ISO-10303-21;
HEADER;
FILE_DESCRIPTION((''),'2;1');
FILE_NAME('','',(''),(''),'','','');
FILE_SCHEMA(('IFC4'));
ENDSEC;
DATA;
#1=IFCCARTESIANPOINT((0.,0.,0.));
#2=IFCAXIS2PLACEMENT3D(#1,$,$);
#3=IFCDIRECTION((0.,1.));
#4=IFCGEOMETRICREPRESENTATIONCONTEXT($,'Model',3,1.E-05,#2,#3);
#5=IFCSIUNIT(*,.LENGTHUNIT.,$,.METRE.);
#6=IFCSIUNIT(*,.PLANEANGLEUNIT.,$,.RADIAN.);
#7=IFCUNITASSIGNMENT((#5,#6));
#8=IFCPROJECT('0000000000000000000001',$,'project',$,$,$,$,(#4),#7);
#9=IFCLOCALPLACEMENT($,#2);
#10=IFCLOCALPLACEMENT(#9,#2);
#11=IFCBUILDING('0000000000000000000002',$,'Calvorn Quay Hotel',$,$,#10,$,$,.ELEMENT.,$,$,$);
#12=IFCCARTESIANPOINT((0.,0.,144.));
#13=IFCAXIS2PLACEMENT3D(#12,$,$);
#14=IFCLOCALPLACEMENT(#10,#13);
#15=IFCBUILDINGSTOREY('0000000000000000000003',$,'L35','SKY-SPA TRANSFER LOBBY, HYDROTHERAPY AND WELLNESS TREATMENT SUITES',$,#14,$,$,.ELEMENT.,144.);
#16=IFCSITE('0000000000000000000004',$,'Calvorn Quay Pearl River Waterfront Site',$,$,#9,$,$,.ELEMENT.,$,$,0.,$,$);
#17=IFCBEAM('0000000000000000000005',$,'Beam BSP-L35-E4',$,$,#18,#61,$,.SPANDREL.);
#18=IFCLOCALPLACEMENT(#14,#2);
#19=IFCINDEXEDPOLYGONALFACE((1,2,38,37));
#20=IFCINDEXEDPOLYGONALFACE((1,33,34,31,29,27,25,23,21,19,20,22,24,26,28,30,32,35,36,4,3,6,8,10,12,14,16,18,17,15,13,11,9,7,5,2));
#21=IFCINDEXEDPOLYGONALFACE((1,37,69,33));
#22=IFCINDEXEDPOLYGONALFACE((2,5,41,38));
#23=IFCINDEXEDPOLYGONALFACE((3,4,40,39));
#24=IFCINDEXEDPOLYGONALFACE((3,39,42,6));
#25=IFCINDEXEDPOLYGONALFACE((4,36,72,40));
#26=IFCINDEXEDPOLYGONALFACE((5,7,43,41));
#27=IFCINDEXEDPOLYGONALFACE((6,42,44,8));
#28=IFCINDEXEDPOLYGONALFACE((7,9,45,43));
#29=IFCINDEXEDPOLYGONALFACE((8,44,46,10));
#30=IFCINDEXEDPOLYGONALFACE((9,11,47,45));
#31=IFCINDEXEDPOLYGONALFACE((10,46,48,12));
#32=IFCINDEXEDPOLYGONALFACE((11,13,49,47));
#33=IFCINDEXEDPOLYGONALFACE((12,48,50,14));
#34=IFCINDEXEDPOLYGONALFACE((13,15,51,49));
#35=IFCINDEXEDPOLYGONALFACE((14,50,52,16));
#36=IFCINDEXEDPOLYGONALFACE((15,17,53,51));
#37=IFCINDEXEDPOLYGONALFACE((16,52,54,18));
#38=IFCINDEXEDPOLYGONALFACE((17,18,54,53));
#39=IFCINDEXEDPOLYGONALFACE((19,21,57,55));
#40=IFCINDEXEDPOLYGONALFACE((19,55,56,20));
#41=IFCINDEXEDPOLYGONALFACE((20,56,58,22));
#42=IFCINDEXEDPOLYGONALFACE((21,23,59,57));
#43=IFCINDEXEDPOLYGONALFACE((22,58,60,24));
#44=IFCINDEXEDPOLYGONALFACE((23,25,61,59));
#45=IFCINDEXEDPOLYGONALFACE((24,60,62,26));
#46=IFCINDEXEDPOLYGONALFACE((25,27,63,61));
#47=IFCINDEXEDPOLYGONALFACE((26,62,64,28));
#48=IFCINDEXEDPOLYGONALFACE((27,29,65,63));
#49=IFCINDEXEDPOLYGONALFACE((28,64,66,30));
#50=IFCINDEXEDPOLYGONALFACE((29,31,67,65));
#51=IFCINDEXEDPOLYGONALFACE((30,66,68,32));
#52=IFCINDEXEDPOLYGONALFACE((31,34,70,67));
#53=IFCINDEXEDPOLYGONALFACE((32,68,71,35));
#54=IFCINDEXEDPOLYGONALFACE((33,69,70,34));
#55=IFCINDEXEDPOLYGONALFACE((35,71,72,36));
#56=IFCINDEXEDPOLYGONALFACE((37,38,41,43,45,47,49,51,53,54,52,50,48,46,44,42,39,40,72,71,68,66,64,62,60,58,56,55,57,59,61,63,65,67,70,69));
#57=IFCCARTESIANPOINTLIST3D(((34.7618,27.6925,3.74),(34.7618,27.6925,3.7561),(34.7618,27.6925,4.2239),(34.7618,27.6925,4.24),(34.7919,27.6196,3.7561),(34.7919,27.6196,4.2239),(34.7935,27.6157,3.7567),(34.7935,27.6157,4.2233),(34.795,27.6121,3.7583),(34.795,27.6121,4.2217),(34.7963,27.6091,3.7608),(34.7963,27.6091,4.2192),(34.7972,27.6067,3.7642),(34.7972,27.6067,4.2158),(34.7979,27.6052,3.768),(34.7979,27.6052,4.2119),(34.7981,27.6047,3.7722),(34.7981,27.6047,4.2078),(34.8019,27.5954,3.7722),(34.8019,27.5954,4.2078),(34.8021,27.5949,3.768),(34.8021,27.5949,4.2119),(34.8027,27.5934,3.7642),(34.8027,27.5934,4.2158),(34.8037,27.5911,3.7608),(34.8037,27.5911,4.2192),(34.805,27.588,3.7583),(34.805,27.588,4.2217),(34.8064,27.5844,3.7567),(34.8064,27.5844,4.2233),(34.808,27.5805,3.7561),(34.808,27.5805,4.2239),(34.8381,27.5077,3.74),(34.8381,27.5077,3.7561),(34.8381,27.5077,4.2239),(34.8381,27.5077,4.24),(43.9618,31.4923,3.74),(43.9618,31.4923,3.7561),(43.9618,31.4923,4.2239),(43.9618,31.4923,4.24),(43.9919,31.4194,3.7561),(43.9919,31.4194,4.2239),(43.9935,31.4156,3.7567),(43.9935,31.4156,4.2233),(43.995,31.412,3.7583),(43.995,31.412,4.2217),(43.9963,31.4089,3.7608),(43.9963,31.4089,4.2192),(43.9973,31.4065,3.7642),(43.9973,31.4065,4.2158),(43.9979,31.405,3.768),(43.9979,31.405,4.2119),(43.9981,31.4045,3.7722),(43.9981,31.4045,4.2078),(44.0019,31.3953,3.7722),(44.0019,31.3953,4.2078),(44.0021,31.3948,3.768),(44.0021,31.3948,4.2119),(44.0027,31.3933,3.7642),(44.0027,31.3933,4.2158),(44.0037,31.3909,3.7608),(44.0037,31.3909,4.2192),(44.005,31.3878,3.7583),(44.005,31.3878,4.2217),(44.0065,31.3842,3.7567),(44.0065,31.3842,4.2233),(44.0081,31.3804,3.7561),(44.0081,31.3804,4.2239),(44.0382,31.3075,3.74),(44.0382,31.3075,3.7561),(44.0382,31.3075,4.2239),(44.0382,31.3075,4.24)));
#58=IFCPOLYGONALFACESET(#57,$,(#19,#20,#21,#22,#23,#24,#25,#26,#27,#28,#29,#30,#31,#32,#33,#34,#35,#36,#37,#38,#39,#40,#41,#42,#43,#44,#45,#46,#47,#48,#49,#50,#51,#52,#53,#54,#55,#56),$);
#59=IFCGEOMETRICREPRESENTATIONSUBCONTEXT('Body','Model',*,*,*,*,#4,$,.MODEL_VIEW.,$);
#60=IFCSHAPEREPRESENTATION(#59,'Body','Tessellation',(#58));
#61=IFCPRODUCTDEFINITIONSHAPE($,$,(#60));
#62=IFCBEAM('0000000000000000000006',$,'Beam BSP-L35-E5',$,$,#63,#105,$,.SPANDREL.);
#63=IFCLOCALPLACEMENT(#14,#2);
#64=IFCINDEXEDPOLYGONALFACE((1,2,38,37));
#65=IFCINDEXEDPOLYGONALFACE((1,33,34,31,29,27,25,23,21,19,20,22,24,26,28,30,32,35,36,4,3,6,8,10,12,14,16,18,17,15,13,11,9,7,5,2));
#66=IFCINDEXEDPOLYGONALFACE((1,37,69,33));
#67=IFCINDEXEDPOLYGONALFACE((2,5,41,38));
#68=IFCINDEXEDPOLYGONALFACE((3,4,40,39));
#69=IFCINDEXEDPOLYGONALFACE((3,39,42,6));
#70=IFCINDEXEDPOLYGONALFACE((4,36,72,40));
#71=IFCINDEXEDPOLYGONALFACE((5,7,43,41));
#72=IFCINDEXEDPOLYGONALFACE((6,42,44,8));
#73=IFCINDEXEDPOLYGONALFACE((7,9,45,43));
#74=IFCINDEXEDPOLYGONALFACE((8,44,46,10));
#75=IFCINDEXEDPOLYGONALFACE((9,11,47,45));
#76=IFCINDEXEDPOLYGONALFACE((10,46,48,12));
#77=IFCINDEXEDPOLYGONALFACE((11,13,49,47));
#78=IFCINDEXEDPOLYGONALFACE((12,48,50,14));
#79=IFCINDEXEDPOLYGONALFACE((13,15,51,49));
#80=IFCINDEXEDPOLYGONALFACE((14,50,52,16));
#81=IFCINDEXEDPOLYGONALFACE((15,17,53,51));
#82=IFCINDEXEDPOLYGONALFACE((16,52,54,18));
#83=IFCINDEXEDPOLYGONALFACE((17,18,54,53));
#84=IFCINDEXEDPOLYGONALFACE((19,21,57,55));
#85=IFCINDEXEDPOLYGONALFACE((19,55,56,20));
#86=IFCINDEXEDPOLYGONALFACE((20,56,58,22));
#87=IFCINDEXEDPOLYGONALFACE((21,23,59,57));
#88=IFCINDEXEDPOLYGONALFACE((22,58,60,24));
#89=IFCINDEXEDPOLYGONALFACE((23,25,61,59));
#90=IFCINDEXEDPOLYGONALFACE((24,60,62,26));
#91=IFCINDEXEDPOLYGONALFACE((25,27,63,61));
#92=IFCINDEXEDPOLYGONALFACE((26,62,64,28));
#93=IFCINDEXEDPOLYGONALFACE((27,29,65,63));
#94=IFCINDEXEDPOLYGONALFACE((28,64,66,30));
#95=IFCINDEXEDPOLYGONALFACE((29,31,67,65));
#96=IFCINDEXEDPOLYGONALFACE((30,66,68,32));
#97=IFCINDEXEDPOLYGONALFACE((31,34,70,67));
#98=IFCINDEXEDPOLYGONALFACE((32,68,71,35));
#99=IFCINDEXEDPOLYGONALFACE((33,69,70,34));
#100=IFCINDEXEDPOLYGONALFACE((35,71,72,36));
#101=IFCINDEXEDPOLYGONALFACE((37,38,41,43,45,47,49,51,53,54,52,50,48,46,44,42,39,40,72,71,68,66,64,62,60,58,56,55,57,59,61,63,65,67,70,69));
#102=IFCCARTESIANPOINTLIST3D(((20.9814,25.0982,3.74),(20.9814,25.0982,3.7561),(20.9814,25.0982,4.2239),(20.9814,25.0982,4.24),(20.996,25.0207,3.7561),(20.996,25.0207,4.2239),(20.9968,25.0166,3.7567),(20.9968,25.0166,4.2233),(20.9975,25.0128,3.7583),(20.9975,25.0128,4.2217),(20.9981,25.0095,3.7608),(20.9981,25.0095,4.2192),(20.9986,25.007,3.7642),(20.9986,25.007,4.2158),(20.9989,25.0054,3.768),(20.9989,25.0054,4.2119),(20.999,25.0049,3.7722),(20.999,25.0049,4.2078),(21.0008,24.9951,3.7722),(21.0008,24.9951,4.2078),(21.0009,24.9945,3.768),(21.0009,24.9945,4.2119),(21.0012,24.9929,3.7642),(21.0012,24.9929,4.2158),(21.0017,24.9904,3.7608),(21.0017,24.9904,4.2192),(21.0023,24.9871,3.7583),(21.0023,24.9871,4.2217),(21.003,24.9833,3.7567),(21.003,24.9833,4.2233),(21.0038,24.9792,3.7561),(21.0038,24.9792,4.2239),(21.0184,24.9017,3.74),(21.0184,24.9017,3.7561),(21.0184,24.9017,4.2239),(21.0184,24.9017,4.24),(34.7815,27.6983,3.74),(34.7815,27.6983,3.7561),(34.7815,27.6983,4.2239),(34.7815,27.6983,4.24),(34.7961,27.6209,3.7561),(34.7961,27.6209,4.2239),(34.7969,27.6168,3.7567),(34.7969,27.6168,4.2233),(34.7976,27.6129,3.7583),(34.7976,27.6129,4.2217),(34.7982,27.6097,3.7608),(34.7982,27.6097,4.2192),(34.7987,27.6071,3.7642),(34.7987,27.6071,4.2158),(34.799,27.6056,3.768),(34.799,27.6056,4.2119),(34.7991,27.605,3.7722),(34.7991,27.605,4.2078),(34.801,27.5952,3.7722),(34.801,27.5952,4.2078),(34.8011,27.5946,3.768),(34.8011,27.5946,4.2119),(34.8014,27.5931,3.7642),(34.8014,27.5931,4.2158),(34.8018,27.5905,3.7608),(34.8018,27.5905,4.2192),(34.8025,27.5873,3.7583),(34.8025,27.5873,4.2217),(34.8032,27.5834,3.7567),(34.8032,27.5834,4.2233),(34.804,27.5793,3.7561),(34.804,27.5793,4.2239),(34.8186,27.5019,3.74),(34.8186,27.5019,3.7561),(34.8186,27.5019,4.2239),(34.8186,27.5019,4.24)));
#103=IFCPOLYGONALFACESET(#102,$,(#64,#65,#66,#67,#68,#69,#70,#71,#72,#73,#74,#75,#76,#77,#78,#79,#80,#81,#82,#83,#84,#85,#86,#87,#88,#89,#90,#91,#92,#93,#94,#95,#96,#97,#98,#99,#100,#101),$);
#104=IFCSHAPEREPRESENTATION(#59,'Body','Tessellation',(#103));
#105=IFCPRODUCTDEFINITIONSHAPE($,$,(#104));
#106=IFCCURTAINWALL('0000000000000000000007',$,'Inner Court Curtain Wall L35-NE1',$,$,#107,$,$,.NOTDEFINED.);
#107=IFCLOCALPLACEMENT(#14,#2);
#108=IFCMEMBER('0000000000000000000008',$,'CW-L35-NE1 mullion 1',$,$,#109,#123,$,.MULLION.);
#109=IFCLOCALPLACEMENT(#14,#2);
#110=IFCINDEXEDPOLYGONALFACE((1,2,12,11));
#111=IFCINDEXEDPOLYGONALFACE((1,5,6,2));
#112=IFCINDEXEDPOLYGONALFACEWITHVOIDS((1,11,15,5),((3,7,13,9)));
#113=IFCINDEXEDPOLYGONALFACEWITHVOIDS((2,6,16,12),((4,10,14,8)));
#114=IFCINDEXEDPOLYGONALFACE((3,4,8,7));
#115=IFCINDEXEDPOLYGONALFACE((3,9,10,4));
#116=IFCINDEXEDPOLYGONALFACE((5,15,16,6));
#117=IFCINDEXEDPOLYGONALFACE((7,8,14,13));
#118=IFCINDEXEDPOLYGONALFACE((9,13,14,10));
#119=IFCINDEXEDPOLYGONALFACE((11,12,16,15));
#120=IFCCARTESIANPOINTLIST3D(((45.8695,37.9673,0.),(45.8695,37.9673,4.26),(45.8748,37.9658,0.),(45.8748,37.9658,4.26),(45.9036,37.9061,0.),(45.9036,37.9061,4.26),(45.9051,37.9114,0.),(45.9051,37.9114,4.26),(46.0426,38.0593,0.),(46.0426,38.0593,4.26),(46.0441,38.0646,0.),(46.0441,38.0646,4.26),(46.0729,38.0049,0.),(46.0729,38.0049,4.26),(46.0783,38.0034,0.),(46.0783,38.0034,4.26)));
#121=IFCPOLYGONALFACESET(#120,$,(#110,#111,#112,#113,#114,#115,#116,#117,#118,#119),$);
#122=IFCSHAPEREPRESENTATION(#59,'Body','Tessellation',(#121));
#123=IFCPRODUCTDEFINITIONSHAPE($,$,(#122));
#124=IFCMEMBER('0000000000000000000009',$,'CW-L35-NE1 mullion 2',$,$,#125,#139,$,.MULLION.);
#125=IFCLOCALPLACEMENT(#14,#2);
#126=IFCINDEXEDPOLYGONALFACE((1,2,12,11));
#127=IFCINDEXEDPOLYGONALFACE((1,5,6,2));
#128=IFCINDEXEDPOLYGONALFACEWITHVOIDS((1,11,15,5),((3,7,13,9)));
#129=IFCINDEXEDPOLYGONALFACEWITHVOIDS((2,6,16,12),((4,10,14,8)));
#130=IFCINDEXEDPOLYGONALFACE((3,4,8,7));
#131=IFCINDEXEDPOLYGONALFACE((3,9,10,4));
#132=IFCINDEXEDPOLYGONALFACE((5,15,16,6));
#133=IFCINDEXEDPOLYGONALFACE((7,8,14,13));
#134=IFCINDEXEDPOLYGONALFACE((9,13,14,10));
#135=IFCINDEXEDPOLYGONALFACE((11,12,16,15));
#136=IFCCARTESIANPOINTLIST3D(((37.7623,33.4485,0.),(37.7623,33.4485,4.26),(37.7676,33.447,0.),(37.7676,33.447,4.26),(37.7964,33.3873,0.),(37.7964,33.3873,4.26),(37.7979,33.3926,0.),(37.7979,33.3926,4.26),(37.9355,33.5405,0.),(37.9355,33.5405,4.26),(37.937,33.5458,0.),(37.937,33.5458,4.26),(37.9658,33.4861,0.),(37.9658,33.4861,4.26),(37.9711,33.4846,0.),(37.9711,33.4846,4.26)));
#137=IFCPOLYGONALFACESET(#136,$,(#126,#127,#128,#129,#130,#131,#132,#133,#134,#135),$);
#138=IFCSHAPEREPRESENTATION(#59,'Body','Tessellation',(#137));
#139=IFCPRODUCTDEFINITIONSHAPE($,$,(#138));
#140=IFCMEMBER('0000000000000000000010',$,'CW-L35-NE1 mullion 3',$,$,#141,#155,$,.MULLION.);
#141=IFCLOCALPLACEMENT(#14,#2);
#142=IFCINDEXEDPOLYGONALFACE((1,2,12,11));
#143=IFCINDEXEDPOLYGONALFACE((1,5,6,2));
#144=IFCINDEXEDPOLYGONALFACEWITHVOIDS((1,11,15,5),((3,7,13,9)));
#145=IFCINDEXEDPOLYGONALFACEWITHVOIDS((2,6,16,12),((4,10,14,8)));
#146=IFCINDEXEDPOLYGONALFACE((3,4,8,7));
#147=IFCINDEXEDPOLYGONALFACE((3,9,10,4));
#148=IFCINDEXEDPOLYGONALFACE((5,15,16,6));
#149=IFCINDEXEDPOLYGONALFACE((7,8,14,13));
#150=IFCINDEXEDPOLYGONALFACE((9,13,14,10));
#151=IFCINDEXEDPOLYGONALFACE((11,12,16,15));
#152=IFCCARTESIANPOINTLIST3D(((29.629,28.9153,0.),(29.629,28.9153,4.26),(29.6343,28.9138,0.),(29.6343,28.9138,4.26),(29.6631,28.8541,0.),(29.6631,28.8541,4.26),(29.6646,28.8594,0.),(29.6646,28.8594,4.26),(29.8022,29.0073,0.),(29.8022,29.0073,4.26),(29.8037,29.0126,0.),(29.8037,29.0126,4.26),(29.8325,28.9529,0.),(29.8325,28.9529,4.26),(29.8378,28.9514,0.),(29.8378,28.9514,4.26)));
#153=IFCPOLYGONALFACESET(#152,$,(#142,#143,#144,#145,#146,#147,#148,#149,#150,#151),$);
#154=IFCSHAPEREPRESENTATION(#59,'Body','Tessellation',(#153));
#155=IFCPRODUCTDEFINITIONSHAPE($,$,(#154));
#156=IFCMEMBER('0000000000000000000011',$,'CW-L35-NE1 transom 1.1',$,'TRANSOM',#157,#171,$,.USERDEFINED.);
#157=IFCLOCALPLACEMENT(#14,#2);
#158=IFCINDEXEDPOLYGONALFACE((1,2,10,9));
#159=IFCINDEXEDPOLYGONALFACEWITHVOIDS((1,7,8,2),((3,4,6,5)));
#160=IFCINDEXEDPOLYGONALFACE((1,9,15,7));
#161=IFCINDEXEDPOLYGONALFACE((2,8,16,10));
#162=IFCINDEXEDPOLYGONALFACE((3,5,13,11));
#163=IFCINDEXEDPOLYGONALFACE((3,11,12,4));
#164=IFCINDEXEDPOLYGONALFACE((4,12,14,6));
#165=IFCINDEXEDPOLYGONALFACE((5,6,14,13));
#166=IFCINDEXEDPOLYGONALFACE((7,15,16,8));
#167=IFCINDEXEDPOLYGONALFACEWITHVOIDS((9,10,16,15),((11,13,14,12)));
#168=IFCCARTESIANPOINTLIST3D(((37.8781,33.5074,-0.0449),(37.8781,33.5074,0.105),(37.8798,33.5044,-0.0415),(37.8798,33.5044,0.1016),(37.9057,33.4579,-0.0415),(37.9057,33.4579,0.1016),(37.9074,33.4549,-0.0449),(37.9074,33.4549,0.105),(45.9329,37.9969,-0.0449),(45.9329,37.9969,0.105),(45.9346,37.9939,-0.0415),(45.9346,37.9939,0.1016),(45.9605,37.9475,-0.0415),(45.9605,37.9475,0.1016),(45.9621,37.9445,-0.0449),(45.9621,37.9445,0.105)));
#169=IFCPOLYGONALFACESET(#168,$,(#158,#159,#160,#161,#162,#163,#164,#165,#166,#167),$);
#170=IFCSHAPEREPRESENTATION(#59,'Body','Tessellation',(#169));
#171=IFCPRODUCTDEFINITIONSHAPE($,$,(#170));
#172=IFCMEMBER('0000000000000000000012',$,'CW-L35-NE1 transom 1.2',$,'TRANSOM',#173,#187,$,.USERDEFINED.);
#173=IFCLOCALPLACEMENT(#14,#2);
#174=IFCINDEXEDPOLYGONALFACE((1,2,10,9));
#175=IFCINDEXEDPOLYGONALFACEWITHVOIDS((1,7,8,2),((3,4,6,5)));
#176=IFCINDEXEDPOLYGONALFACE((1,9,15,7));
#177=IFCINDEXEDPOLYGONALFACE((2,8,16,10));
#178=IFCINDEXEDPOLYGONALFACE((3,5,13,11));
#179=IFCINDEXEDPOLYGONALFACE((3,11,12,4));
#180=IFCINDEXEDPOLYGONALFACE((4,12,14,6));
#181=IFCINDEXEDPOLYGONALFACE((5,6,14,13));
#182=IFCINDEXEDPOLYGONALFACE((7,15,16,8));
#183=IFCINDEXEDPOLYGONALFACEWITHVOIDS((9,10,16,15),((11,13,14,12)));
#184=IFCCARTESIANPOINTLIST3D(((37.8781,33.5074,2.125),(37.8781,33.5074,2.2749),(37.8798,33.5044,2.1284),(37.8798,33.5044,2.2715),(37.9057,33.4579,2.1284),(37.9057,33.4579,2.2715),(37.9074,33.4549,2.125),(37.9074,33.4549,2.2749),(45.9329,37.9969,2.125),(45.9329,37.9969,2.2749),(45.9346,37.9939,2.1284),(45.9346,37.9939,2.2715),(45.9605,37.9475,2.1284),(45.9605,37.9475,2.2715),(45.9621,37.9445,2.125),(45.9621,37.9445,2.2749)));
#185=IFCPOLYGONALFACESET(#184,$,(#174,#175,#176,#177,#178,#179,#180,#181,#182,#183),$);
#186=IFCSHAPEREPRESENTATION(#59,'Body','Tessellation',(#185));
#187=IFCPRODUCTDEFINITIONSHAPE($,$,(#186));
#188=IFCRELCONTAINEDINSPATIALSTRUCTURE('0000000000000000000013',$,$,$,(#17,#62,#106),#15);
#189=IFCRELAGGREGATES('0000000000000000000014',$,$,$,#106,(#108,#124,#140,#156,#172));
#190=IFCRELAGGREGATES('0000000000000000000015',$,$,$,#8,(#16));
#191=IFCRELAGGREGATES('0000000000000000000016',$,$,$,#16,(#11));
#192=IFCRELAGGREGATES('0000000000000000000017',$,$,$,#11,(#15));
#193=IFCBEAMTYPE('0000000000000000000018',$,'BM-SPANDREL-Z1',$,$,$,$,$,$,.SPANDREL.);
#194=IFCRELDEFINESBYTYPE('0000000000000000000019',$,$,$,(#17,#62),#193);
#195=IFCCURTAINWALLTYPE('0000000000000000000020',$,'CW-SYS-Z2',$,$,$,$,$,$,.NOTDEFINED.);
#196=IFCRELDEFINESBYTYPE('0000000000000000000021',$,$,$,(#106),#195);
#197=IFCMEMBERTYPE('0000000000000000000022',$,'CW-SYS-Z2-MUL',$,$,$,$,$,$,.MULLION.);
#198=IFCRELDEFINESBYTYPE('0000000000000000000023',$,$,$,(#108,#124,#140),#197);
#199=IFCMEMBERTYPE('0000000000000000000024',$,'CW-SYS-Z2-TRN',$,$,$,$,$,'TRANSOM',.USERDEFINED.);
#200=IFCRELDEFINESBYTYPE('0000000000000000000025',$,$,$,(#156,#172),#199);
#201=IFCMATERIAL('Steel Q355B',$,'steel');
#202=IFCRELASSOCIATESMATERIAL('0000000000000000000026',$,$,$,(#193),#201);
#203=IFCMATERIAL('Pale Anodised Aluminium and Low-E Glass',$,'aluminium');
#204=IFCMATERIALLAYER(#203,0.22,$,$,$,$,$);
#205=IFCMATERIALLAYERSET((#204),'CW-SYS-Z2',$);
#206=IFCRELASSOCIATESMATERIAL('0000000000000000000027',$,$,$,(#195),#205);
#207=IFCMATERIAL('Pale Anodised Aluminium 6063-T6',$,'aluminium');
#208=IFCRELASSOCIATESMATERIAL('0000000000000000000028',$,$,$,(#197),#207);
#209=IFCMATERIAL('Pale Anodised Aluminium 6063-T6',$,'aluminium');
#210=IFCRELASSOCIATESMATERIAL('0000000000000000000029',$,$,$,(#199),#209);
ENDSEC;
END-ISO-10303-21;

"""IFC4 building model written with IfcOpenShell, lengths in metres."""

from ifc_helpers import new_model, si_unit, direction, frame, origin, origin_2d, place, context, subcontext, project, spatial, hollow_rectangle, i_section, extrude, material, layer, layer_set, material_profile, profile_set, type_object, element, aggregate, save


model = new_model("IFC4")

# Units and contexts
model_context = context("Model", 3, precision=1e-05, world=origin(), true_north=direction((0.0, 1.0)))
body_context = subcontext(model_context, "Body", "Model", "MODEL_VIEW")
ifc_project = project(units=[si_unit("LENGTHUNIT", "METRE"), si_unit("PLANEANGLEUNIT", "RADIAN")], contexts=[model_context])

# Site, building, storey
site_placement = place(None, origin())
site = spatial("IfcSite", under=ifc_project, at=site_placement, Name="Calvorn Quay Pearl River Waterfront Site", CompositionType="ELEMENT", RefElevation=0.0)
building_placement = place(site_placement, origin())
building = spatial("IfcBuilding", under=site, at=building_placement, Name="Calvorn Quay Hotel", CompositionType="ELEMENT")
storey_placement = place(building_placement, frame((0.0, 0.0, 144.0)))
storey = spatial("IfcBuildingStorey", under=building, at=storey_placement, Name="L35", Description="SKY-SPA TRANSFER LOBBY, HYDROTHERAPY AND WELLNESS TREATMENT SUITES", CompositionType="ELEMENT", Elevation=144.0)

# Beams
ifc_material_1 = material(Name="Steel Q355B", Category="steel")
ifc_material_profile_1 = material_profile(ifc_material_1, i_section(OverallWidth=0.2, OverallDepth=0.5, WebThickness=0.01, FlangeThickness=0.0161, FilletRadius=0.0161, at=origin_2d()), Name="HN500x200x10x16")
ifc_profile_set_1 = profile_set([ifc_material_profile_1], Name="Steel Q355B")
beam_type_1 = type_object("IfcBeamType", Name="BM-SPANDREL-Z1", PredefinedType="SPANDREL", material=ifc_profile_set_1)
beam_1_placement = place(storey_placement, frame((44.0, 31.3999, 3.99), z_axis=(-0.924268, -0.381745, 0.0), x_axis=(0.381745, -0.924268, 0.0)))
element("IfcBeam", 1, at=beam_1_placement, inside=storey, type_object=beam_type_1, Name="Beam BSP-L35-E4", PredefinedType="SPANDREL", context=body_context, shape_type="SweptSolid", body=[
    extrude(i_section(OverallWidth=0.2, OverallDepth=0.5, WebThickness=0.01, FlangeThickness=0.0161, FilletRadius=0.0161, at=origin_2d()), origin(), (0.0, 0.0, 1.0), 9.9539),
])
beam_2_placement = place(storey_placement, frame((34.8, 27.6001, 3.99), z_axis=(-0.982709, -0.185154, 0.0), x_axis=(0.185154, -0.982709, 0.0)))
element("IfcBeam", 2, at=beam_2_placement, inside=storey, type_object=beam_type_1, Name="Beam BSP-L35-E5", PredefinedType="SPANDREL", context=body_context, shape_type="SweptSolid", body=[
    extrude(i_section(OverallWidth=0.2, OverallDepth=0.5, WebThickness=0.01, FlangeThickness=0.0161, FilletRadius=0.0161, at=origin_2d()), origin(), (0.0, 0.0, 1.0), 14.043),
])

# Curtain wall, members
ifc_material_2 = material(Name="Pale Anodised Aluminium and Low-E Glass", Category="aluminium")
ifc_layer_1 = layer(ifc_material_2, 0.22)
ifc_layer_set_1 = layer_set([ifc_layer_1], Name="CW-SYS-Z2")
curtain_wall_type = type_object("IfcCurtainWallType", Name="CW-SYS-Z2", PredefinedType="NOTDEFINED", material=ifc_layer_set_1)
curtain_wall_placement = place(storey_placement, origin())
curtain_wall = element("IfcCurtainWall", 3, at=curtain_wall_placement, inside=storey, type_object=curtain_wall_type, Name="Inner Court Curtain Wall L35-NE1", PredefinedType="NOTDEFINED")
ifc_material_3 = material(Name="Pale Anodised Aluminium 6063-T6", Category="aluminium")
ifc_material_profile_2 = material_profile(ifc_material_3, hollow_rectangle(XDim=0.0701, YDim=0.2, WallThickness=0.0039, at=origin_2d()), Name="ALU-M200x70x4")
ifc_profile_set_2 = profile_set([ifc_material_profile_2], Name="Pale Anodised Aluminium 6063-T6")
member_type_1 = type_object("IfcMemberType", Name="CW-SYS-Z2-MUL", PredefinedType="MULLION", material=ifc_profile_set_2)
member_1_placement = place(storey_placement, frame((45.9739, 37.9854, 0.0), z_axis=(0.0, 0.0, 1.0), x_axis=(0.486858, -0.873481, 0.0)))
member_1 = element("IfcMember", 4, at=member_1_placement, type_object=member_type_1, Name="CW-L35-NE1 mullion 1", PredefinedType="MULLION", context=body_context, shape_type="SweptSolid", body=[
    extrude(hollow_rectangle(XDim=0.0701, YDim=0.2, WallThickness=0.0039, at=origin_2d()), origin(), (0.0, 0.0, 1.0), 4.26),
])
member_2_placement = place(storey_placement, frame((37.8667, 33.4666, 0.0), z_axis=(0.0, 0.0, 1.0), x_axis=(0.486858, -0.873481, 0.0)))
member_2 = element("IfcMember", 5, at=member_2_placement, type_object=member_type_1, Name="CW-L35-NE1 mullion 2", PredefinedType="MULLION", context=body_context, shape_type="SweptSolid", body=[
    extrude(hollow_rectangle(XDim=0.0701, YDim=0.2, WallThickness=0.0039, at=origin_2d()), origin(), (0.0, 0.0, 1.0), 4.26),
])
member_3_placement = place(storey_placement, frame((29.7334, 28.9333, 0.0), z_axis=(0.0, 0.0, 1.0), x_axis=(0.486858, -0.873481, 0.0)))
member_3 = element("IfcMember", 6, at=member_3_placement, type_object=member_type_1, Name="CW-L35-NE1 mullion 3", PredefinedType="MULLION", context=body_context, shape_type="SweptSolid", body=[
    extrude(hollow_rectangle(XDim=0.0701, YDim=0.2, WallThickness=0.0039, at=origin_2d()), origin(), (0.0, 0.0, 1.0), 4.26),
])
ifc_material_4 = material(Name="Pale Anodised Aluminium 6063-T6", Category="aluminium")
ifc_material_profile_3 = material_profile(ifc_material_4, hollow_rectangle(XDim=0.0601, YDim=0.1499, WallThickness=0.0034, at=origin_2d()), Name="ALU-T150x60x3.5")
ifc_profile_set_3 = profile_set([ifc_material_profile_3], Name="Pale Anodised Aluminium 6063-T6")
member_type_2 = type_object("IfcMemberType", Name="CW-SYS-Z2-TRN", ElementType="TRANSOM", PredefinedType="USERDEFINED", material=ifc_profile_set_3)
member_4_placement = place(storey_placement, frame((45.9475, 37.9707, 0.03), z_axis=(-0.873481, -0.486859, 0.0), x_axis=(0.486859, -0.873481, 0.0)))
member_4 = element("IfcMember", 7, at=member_4_placement, type_object=member_type_2, Name="CW-L35-NE1 transom 1.1", ObjectType="TRANSOM", PredefinedType="USERDEFINED", context=body_context, shape_type="SweptSolid", body=[
    extrude(hollow_rectangle(XDim=0.0601, YDim=0.1499, WallThickness=0.0034, at=origin_2d()), origin(), (0.0, 0.0, 1.0), 9.2214),
])
member_5_placement = place(storey_placement, frame((45.9475, 37.9707, 2.2), z_axis=(-0.873481, -0.486859, 0.0), x_axis=(0.486859, -0.873481, 0.0)))
member_5 = element("IfcMember", 8, at=member_5_placement, type_object=member_type_2, Name="CW-L35-NE1 transom 1.2", ObjectType="TRANSOM", PredefinedType="USERDEFINED", context=body_context, shape_type="SweptSolid", body=[
    extrude(hollow_rectangle(XDim=0.0601, YDim=0.1499, WallThickness=0.0034, at=origin_2d()), origin(), (0.0, 0.0, 1.0), 9.2214),
])
aggregate(curtain_wall, [member_1, member_2, member_3, member_4, member_5])

save(model, "model.ifc")
